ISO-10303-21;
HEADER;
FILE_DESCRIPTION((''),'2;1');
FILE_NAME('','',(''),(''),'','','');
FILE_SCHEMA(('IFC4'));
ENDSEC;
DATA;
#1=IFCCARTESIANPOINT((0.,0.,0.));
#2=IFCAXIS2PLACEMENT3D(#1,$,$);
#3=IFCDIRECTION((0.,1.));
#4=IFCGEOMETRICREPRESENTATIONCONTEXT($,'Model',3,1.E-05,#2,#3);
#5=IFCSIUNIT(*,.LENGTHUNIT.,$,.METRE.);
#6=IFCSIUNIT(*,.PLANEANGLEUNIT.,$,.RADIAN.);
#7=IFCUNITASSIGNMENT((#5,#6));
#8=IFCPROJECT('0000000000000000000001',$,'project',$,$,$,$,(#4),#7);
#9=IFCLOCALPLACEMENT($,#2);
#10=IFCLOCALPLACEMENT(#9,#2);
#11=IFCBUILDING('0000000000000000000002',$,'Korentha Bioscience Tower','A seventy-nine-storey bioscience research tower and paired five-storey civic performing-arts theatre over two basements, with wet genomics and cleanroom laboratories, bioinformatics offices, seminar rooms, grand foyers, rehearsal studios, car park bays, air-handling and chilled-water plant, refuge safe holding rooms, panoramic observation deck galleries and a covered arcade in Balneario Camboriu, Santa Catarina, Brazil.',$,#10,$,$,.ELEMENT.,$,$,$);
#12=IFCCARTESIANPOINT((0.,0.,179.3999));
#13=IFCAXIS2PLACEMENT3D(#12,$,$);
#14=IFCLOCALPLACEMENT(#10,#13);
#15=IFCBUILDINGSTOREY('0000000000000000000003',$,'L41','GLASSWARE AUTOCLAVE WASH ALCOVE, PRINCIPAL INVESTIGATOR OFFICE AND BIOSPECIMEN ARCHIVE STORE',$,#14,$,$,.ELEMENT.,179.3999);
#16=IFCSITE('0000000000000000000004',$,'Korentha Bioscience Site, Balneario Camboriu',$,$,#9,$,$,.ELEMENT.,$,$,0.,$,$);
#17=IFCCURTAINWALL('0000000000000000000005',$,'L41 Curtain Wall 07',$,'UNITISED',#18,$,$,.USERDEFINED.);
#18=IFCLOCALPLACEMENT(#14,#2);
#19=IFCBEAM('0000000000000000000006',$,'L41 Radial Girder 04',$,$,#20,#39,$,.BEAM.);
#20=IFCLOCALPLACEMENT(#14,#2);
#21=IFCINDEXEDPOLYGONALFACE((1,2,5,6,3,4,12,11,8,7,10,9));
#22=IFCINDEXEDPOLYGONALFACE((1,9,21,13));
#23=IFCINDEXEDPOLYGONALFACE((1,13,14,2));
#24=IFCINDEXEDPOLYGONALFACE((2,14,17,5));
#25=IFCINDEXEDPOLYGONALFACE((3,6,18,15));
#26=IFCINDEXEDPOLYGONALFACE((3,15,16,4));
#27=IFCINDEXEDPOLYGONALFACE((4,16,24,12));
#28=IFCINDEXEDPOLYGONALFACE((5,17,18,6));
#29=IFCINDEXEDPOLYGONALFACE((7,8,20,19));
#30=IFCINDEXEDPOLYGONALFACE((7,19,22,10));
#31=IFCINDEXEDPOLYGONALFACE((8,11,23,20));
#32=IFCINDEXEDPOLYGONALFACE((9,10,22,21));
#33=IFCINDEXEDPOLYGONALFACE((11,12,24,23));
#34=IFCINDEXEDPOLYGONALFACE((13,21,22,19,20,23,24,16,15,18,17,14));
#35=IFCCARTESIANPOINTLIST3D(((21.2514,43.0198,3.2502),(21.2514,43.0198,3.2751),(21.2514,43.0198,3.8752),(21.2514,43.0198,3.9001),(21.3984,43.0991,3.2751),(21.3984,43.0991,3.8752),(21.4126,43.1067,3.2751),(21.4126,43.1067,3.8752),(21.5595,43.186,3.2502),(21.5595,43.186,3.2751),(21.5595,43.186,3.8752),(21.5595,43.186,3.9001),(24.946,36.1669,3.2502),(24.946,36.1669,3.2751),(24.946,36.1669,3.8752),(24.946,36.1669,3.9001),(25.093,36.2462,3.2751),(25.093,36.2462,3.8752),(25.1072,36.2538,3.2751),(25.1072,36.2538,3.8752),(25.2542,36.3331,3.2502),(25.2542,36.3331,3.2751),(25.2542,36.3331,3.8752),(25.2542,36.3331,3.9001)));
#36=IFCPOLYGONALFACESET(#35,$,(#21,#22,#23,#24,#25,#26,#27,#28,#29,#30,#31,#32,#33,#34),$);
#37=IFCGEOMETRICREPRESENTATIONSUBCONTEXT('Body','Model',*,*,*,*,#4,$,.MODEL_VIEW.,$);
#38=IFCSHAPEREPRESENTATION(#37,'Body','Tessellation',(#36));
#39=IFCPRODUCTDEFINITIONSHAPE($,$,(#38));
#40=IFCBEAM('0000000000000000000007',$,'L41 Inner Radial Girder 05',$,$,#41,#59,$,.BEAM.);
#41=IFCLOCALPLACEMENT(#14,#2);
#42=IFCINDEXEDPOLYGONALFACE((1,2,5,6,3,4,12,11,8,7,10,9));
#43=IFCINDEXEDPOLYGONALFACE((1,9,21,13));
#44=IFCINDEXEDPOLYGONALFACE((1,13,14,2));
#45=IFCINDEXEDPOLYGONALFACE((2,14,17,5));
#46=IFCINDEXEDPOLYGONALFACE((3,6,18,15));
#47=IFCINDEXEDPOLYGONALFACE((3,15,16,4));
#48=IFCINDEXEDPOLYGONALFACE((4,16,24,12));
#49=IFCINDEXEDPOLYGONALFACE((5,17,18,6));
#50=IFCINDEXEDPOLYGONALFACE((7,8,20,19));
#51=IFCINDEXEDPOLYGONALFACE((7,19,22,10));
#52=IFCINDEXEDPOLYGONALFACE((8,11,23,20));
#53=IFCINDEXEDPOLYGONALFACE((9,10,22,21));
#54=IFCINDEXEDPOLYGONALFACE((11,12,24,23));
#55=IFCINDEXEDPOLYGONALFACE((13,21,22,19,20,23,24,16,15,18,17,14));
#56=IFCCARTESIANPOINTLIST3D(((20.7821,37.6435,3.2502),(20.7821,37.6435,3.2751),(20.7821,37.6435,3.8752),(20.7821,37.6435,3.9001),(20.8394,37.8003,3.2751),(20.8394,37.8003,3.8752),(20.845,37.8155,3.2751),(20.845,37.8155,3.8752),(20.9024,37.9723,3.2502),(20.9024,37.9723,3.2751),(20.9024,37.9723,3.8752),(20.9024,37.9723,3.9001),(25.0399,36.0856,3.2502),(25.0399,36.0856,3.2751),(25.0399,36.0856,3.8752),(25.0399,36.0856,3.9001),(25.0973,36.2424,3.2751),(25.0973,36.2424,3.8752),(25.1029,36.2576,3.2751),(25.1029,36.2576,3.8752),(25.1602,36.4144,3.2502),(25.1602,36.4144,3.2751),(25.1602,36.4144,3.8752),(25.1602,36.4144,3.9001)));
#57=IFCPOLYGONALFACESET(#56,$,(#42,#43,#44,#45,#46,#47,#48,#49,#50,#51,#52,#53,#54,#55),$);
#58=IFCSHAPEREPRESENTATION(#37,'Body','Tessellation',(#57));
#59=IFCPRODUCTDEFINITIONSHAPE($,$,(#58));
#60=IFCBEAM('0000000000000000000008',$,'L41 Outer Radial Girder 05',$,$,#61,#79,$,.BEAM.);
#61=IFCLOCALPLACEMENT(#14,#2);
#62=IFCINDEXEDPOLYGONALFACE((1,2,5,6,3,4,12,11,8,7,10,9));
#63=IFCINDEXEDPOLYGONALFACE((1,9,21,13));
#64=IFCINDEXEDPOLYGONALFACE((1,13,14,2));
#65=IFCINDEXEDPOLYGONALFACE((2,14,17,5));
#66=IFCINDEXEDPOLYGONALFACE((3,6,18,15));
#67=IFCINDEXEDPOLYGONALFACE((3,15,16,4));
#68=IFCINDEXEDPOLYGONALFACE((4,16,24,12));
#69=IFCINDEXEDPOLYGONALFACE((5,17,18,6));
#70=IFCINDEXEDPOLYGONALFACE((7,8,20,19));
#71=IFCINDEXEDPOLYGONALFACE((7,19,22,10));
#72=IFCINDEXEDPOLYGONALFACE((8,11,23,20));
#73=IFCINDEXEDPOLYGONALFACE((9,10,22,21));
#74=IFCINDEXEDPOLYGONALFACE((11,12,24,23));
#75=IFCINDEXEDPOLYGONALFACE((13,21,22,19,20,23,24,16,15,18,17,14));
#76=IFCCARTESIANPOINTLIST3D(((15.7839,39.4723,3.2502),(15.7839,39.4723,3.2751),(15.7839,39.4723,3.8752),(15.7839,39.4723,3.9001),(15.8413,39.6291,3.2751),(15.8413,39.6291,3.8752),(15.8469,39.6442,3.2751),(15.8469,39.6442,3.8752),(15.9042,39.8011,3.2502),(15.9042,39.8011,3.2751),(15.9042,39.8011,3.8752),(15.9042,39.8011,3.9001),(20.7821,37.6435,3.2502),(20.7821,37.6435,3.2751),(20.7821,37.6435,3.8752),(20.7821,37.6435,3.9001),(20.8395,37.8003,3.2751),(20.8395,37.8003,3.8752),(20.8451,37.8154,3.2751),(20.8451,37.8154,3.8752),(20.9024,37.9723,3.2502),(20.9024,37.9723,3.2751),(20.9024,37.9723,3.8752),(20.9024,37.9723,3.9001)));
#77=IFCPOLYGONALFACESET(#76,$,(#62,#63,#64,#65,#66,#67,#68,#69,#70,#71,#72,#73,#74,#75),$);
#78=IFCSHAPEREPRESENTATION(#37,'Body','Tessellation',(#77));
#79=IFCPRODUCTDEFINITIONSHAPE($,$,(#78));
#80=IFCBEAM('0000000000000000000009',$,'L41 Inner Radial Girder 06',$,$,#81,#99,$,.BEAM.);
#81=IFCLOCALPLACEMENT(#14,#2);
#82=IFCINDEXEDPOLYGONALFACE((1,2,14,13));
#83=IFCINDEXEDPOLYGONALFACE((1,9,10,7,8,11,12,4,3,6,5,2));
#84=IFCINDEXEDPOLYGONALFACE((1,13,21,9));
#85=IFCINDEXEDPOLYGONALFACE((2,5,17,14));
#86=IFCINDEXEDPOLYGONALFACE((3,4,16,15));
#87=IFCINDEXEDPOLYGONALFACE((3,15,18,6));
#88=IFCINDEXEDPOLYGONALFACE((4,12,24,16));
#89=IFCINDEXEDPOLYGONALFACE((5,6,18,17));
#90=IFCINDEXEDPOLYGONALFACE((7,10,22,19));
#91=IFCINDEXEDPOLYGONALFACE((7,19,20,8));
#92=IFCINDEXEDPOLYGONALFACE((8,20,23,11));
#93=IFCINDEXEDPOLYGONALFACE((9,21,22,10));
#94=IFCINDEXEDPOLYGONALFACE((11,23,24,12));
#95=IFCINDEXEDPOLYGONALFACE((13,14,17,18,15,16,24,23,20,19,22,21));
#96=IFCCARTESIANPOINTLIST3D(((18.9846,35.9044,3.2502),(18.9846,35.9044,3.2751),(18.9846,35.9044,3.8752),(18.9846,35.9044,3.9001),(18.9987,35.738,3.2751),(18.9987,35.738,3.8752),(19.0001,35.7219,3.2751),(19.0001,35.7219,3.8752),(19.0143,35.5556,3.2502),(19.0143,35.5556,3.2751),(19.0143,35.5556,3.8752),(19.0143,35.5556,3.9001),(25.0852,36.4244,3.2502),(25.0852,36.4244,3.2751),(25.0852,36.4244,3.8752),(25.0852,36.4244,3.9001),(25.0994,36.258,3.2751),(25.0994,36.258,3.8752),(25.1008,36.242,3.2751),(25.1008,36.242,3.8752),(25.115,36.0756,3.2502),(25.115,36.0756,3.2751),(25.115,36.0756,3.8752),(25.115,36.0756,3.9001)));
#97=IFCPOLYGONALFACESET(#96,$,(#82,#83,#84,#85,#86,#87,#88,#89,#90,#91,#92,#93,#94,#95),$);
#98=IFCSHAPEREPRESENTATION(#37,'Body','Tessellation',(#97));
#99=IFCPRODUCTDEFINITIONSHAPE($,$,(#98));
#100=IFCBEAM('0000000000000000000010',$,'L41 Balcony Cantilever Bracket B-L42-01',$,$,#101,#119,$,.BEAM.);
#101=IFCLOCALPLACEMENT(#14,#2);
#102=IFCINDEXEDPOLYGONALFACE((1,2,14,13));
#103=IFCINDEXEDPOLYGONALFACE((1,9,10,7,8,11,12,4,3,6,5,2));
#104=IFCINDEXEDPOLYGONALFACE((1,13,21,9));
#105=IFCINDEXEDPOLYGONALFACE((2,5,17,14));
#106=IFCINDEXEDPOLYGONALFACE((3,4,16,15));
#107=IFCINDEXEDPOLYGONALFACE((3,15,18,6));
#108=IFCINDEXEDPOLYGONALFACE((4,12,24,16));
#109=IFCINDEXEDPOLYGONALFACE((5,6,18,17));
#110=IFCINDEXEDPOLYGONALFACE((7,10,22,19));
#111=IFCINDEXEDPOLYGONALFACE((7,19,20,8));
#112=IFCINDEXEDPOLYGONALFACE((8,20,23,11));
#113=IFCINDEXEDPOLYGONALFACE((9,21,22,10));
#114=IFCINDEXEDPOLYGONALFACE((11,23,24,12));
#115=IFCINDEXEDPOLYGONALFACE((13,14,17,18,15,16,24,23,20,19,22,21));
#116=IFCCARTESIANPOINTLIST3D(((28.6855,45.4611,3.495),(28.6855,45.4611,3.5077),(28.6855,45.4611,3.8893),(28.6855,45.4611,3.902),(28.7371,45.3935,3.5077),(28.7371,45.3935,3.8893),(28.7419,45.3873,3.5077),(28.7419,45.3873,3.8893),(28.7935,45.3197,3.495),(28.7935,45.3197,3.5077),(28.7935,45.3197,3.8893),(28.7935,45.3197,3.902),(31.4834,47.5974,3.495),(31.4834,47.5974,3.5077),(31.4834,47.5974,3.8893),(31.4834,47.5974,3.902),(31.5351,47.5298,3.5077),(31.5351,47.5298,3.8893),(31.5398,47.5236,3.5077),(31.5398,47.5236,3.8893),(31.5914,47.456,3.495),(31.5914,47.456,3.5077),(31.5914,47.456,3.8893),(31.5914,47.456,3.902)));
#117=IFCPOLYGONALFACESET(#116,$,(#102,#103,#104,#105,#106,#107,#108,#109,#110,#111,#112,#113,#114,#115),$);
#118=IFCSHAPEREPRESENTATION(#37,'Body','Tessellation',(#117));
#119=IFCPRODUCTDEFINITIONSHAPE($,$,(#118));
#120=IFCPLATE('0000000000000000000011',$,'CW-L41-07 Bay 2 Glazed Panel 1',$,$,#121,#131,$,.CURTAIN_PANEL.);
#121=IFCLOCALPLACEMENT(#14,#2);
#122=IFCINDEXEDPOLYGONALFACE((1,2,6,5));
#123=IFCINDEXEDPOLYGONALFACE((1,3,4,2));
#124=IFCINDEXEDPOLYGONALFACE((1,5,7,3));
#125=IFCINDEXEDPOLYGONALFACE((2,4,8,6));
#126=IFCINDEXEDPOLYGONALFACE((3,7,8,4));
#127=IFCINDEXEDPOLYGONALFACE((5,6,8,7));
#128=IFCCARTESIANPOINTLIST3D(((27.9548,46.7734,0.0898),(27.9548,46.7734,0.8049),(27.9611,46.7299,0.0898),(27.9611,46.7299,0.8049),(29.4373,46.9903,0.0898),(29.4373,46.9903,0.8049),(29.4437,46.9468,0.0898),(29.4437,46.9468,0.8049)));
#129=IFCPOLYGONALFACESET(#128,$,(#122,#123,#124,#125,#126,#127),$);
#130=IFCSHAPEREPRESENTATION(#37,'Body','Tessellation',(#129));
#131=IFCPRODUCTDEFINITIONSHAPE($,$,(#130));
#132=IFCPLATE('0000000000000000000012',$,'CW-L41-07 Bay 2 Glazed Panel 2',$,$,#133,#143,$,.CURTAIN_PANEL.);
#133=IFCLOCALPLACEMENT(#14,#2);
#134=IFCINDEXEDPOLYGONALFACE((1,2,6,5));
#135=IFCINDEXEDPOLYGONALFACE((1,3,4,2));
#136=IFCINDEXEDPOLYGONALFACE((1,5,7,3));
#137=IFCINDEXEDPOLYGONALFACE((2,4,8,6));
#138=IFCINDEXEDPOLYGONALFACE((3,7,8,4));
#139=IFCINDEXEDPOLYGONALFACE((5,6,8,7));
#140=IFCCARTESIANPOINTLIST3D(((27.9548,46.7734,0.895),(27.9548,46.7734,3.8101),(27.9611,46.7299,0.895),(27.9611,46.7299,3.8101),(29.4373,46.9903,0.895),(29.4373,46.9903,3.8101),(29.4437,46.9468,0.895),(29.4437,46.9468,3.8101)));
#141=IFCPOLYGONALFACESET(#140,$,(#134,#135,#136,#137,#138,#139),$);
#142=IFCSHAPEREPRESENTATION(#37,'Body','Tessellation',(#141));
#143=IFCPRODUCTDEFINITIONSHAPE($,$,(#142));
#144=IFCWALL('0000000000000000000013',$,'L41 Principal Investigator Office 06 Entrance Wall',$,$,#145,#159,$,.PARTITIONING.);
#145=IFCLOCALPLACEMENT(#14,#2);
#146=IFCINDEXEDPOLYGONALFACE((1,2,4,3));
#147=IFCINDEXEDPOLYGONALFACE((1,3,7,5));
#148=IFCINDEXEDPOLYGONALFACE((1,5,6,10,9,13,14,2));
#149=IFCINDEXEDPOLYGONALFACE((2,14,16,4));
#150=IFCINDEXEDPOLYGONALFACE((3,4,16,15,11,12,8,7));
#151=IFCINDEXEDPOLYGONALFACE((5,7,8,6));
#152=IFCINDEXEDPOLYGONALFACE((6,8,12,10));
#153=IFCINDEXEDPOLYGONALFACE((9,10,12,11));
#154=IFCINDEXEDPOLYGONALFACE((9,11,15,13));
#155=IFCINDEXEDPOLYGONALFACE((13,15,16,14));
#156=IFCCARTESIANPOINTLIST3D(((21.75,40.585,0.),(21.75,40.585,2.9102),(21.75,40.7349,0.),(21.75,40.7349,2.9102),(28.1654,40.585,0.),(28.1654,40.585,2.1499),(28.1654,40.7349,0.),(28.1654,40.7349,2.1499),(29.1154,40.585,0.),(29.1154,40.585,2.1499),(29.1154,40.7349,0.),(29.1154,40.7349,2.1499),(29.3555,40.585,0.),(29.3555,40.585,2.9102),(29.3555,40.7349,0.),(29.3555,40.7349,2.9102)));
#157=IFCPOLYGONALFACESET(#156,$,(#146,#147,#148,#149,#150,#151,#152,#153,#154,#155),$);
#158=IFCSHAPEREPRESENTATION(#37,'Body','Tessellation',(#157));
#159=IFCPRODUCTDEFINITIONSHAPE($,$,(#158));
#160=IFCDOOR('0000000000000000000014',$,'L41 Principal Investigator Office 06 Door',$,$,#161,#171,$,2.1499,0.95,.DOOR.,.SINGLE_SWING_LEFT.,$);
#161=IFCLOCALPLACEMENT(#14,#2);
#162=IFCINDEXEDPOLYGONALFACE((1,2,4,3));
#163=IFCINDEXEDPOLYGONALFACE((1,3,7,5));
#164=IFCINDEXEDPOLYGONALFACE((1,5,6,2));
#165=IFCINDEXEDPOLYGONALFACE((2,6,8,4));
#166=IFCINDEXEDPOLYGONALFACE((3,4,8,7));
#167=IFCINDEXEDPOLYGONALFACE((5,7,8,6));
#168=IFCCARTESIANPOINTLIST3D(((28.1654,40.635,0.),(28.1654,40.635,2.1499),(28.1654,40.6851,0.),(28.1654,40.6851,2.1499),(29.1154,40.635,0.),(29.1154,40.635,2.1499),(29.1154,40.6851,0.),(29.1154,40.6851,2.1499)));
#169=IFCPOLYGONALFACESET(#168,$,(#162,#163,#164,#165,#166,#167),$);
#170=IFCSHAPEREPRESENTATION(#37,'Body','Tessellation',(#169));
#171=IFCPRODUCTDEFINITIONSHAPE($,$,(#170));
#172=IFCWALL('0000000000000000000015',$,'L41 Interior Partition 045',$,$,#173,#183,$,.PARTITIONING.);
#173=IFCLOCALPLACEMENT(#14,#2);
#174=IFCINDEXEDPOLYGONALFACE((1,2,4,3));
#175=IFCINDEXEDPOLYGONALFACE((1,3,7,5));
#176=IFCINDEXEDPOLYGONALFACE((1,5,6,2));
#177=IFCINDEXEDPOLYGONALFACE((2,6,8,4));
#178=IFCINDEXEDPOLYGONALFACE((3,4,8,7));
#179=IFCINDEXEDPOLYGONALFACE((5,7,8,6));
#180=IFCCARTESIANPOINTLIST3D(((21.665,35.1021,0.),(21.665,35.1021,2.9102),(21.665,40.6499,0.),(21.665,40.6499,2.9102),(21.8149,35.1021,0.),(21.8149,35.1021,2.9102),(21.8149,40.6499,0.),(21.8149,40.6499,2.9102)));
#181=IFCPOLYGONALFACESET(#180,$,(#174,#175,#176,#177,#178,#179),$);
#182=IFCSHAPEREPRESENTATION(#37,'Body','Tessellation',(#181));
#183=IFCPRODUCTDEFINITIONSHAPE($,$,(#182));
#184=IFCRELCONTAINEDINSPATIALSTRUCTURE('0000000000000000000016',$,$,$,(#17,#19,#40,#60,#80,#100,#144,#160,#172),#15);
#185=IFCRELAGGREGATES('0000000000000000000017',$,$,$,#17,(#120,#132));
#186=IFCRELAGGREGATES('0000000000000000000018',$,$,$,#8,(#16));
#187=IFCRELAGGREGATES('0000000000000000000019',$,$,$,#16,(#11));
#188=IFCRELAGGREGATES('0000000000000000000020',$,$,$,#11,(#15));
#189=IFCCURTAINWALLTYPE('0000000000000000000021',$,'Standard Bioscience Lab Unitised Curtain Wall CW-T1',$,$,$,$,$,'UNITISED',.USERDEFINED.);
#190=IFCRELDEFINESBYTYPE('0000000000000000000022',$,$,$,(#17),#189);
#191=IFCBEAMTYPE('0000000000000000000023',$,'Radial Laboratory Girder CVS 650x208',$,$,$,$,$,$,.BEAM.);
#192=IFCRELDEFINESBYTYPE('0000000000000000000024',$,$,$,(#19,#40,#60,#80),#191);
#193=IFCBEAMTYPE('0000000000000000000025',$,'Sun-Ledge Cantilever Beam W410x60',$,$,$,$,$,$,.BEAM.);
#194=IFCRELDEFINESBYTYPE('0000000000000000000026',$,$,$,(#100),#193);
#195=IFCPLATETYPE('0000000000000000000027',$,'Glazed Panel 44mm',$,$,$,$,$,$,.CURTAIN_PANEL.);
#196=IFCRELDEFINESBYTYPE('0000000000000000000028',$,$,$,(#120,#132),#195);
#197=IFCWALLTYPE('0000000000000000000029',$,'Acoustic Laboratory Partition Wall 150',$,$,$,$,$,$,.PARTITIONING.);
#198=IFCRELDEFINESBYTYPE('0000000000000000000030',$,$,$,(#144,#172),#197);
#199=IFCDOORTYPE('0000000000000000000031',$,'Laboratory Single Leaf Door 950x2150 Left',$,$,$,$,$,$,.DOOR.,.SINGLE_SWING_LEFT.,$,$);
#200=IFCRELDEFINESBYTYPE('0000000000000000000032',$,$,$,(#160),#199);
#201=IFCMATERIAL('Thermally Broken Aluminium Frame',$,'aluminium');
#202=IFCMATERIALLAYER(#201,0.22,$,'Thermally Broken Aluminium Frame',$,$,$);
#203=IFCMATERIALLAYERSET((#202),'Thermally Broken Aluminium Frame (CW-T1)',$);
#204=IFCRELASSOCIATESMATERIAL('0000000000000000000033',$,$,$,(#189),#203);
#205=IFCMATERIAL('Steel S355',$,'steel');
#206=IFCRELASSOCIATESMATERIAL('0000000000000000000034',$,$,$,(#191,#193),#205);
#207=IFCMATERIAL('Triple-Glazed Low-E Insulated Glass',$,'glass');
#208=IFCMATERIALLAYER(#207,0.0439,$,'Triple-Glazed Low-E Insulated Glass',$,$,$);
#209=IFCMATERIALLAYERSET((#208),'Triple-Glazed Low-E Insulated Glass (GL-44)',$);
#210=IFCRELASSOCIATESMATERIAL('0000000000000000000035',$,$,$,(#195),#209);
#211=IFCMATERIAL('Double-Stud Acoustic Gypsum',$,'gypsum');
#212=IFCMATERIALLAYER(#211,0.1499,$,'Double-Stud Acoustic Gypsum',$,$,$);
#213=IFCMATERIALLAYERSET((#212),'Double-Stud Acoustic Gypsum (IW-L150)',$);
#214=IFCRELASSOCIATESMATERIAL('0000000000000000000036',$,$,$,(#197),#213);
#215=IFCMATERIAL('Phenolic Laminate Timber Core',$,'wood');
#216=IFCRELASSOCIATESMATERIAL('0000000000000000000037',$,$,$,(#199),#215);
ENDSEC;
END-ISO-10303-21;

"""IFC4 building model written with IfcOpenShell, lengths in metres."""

from ifc_helpers import new_model, si_unit, direction, frame, frame_2d, origin, origin_2d, place, context, subcontext, project, spatial, rectangle, i_section, extrude, material, layer, layer_set, material_profile, profile_set, type_object, element, fill, aggregate, save


model = new_model("IFC4")

# Units and contexts
model_context = context("Model", 3, precision=1e-05, world=origin(), true_north=direction((0.0, 1.0)))
body_context = subcontext(model_context, "Body", "Model", "MODEL_VIEW")
ifc_project = project(units=[si_unit("LENGTHUNIT", "METRE"), si_unit("PLANEANGLEUNIT", "RADIAN")], contexts=[model_context])

# Site, building, storey
site_placement = place(None, origin())
site = spatial("IfcSite", under=ifc_project, at=site_placement, Name="Korentha Bioscience Site, Balneario Camboriu", CompositionType="ELEMENT", RefElevation=0.0)
building_placement = place(site_placement, origin())
building = spatial("IfcBuilding", under=site, at=building_placement, Name="Korentha Bioscience Tower", Description="A seventy-nine-storey bioscience research tower and paired five-storey civic performing-arts theatre over two basements, with wet genomics and cleanroom laboratories, bioinformatics offices, seminar rooms, grand foyers, rehearsal studios, car park bays, air-handling and chilled-water plant, refuge safe holding rooms, panoramic observation deck galleries and a covered arcade in Balneario Camboriu, Santa Catarina, Brazil.", CompositionType="ELEMENT")
storey_placement = place(building_placement, frame((0.0, 0.0, 179.3999)))
storey = spatial("IfcBuildingStorey", under=building, at=storey_placement, Name="L41", Description="GLASSWARE AUTOCLAVE WASH ALCOVE, PRINCIPAL INVESTIGATOR OFFICE AND BIOSPECIMEN ARCHIVE STORE", CompositionType="ELEMENT", Elevation=179.3999)

# Shared definitions
ifc_material_1 = material(Name="Steel S355", Category="steel")

# Curtain wall
ifc_material_2 = material(Name="Thermally Broken Aluminium Frame", Category="aluminium")
ifc_layer_1 = layer(ifc_material_2, 0.22, Name="Thermally Broken Aluminium Frame")
ifc_layer_set_1 = layer_set([ifc_layer_1], Name="Thermally Broken Aluminium Frame (CW-T1)")
curtain_wall_type = type_object("IfcCurtainWallType", Name="Standard Bioscience Lab Unitised Curtain Wall CW-T1", ElementType="UNITISED", PredefinedType="USERDEFINED", material=ifc_layer_set_1)
curtain_wall_placement = place(storey_placement, origin())
curtain_wall = element("IfcCurtainWall", 1, at=curtain_wall_placement, inside=storey, type_object=curtain_wall_type, Name="L41 Curtain Wall 07", ObjectType="UNITISED", PredefinedType="USERDEFINED")

# Beams
ifc_material_profile_1 = material_profile(ifc_material_1, i_section(OverallWidth=0.3501, OverallDepth=0.6499, WebThickness=0.0161, FlangeThickness=0.0249, at=origin_2d()), Name="Steel S355")
ifc_profile_set_1 = profile_set([ifc_material_profile_1], Name="Steel S355 (RB-650)")
beam_type_1 = type_object("IfcBeamType", Name="Radial Laboratory Girder CVS 650x208", PredefinedType="BEAM", material=ifc_profile_set_1)
beam_1_placement = place(storey_placement, frame((25.1001, 36.25, 3.5752), z_axis=(-0.47456, 0.880223, 0.0), x_axis=(-0.880223, -0.47456, 0.0)))
element("IfcBeam", 2, at=beam_1_placement, inside=storey, type_object=beam_type_1, Name="L41 Radial Girder 04", PredefinedType="BEAM", context=body_context, shape_type="SweptSolid", body=[
    extrude(i_section(OverallWidth=0.3501, OverallDepth=0.6499, WebThickness=0.0161, FlangeThickness=0.0249, at=origin_2d()), origin(), (0.0, 0.0, 1.0), 7.7854),
])
beam_2_placement = place(storey_placement, frame((25.1001, 36.25, 3.5752), z_axis=(-0.939114, 0.343606, 0.0), x_axis=(-0.343606, -0.939114, 0.0)))
element("IfcBeam", 3, at=beam_2_placement, inside=storey, type_object=beam_type_1, Name="L41 Inner Radial Girder 05", PredefinedType="BEAM", context=body_context, shape_type="SweptSolid", body=[
    extrude(i_section(OverallWidth=0.3501, OverallDepth=0.6499, WebThickness=0.0161, FlangeThickness=0.0249, at=origin_2d()), origin(), (0.0, 0.0, 1.0), 4.5339),
])
beam_3_placement = place(storey_placement, frame((20.8423, 37.8079, 3.5752), z_axis=(-0.93911, 0.343617, 0.0), x_axis=(-0.343617, -0.93911, 0.0)))
element("IfcBeam", 4, at=beam_3_placement, inside=storey, type_object=beam_type_1, Name="L41 Outer Radial Girder 05", PredefinedType="BEAM", context=body_context, shape_type="SweptSolid", body=[
    extrude(i_section(OverallWidth=0.3501, OverallDepth=0.6499, WebThickness=0.0161, FlangeThickness=0.0249, at=origin_2d()), origin(), (0.0, 0.0, 1.0), 5.3223),
])
beam_4_placement = place(storey_placement, frame((25.1001, 36.25, 3.5752), z_axis=(-0.996387, -0.084933, 0.0), x_axis=(0.084933, -0.996387, 0.0)))
element("IfcBeam", 5, at=beam_4_placement, inside=storey, type_object=beam_type_1, Name="L41 Inner Radial Girder 06", PredefinedType="BEAM", context=body_context, shape_type="SweptSolid", body=[
    extrude(i_section(OverallWidth=0.3501, OverallDepth=0.6499, WebThickness=0.0161, FlangeThickness=0.0249, at=origin_2d()), origin(), (0.0, 0.0, 1.0), 6.1228),
])
ifc_material_profile_2 = material_profile(ifc_material_1, i_section(OverallWidth=0.178, OverallDepth=0.407, WebThickness=0.0078, FlangeThickness=0.0127, at=origin_2d()), Name="Steel S355")
ifc_profile_set_2 = profile_set([ifc_material_profile_2], Name="Steel S355 (CB-410)")
beam_type_2 = type_object("IfcBeamType", Name="Sun-Ledge Cantilever Beam W410x60", PredefinedType="BEAM", material=ifc_profile_set_2)
beam_5_placement = place(storey_placement, frame((28.7395, 45.3904, 3.6985), z_axis=(0.79481, 0.606858, 0.0), x_axis=(-0.606858, 0.79481, 0.0)))
element("IfcBeam", 6, at=beam_5_placement, inside=storey, type_object=beam_type_2, Name="L41 Balcony Cantilever Bracket B-L42-01", PredefinedType="BEAM", context=body_context, shape_type="SweptSolid", body=[
    extrude(i_section(OverallWidth=0.178, OverallDepth=0.407, WebThickness=0.0078, FlangeThickness=0.0127, at=origin_2d()), origin(), (0.0, 0.0, 1.0), 3.5203),
])

# Plates
ifc_material_3 = material(Name="Triple-Glazed Low-E Insulated Glass", Category="glass")
ifc_layer_2 = layer(ifc_material_3, 0.0439, Name="Triple-Glazed Low-E Insulated Glass")
ifc_layer_set_2 = layer_set([ifc_layer_2], Name="Triple-Glazed Low-E Insulated Glass (GL-44)")
plate_type = type_object("IfcPlateType", Name="Glazed Panel 44mm", PredefinedType="CURTAIN_PANEL", material=ifc_layer_set_2)
plate_1_placement = place(storey_placement, frame((28.6992, 46.8601, 0.0898), z_axis=(0.0, 0.0, 1.0), x_axis=(-0.989462, -0.144793, 0.0)))
plate_1 = element("IfcPlate", 7, at=plate_1_placement, type_object=plate_type, Name="CW-L41-07 Bay 2 Glazed Panel 1", PredefinedType="CURTAIN_PANEL", context=body_context, shape_type="SweptSolid", body=[
    extrude(rectangle(XDim=1.4983, YDim=0.0439, at=origin_2d()), origin(), (0.0, 0.0, 1.0), 0.7151),
])
plate_2_placement = place(storey_placement, frame((28.6992, 46.8601, 0.895), z_axis=(0.0, 0.0, 1.0), x_axis=(-0.989462, -0.144793, 0.0)))
plate_2 = element("IfcPlate", 8, at=plate_2_placement, type_object=plate_type, Name="CW-L41-07 Bay 2 Glazed Panel 2", PredefinedType="CURTAIN_PANEL", context=body_context, shape_type="SweptSolid", body=[
    extrude(rectangle(XDim=1.4983, YDim=0.0439, at=origin_2d()), origin(), (0.0, 0.0, 1.0), 2.915),
])
aggregate(curtain_wall, [plate_1, plate_2])

# Wall, opening, door
ifc_material_4 = material(Name="Double-Stud Acoustic Gypsum", Category="gypsum")
ifc_layer_3 = layer(ifc_material_4, 0.1499, Name="Double-Stud Acoustic Gypsum")
ifc_layer_set_3 = layer_set([ifc_layer_3], Name="Double-Stud Acoustic Gypsum (IW-L150)")
wall_type_1 = type_object("IfcWallType", Name="Acoustic Laboratory Partition Wall 150", PredefinedType="PARTITIONING", material=ifc_layer_set_3)
wall_1_placement = place(storey_placement, frame((29.3555, 40.6599, 0.0), z_axis=(0.0, 0.0, 1.0), x_axis=(-1.0, 0.0, 0.0)))
wall_1 = element("IfcWall", 9, at=wall_1_placement, inside=storey, type_object=wall_type_1, Name="L41 Principal Investigator Office 06 Entrance Wall", PredefinedType="PARTITIONING", context=body_context, shape_type="SweptSolid", body=[
    extrude(rectangle(XDim=7.6055, YDim=0.1499, at=frame_2d((3.8027, 0.0))), origin(), (0.0, 0.0, 1.0), 2.9102),
])
opening_1_placement = place(wall_1_placement, frame((0.24, 0.0, 0.0)))
opening_1 = element("IfcOpeningElement", 10, at=opening_1_placement, cuts=wall_1, PredefinedType="OPENING", context=body_context, shape_type="SweptSolid", body=[
    extrude(rectangle(XDim=0.95, YDim=2.1499, at=frame_2d((0.4751, 1.075))), frame((0.0, 0.0898, 0.0), z_axis=(0.0, -1.0, 0.0), x_axis=(1.0, 0.0, 0.0)), (0.0, 0.0, 1.0), 0.1797),
])
ifc_material_5 = material(Name="Phenolic Laminate Timber Core", Category="wood")
door_type = type_object("IfcDoorType", Name="Laboratory Single Leaf Door 950x2150 Left", OperationType="SINGLE_SWING_LEFT", PredefinedType="DOOR", material=ifc_material_5)
door_placement = place(opening_1_placement, origin())
door = element("IfcDoor", 11, at=door_placement, inside=storey, type_object=door_type, Name="L41 Principal Investigator Office 06 Door", OperationType="SINGLE_SWING_LEFT", OverallHeight=2.1499, OverallWidth=0.95, PredefinedType="DOOR", context=body_context, shape_type="SweptSolid", body=[
    extrude(rectangle(XDim=0.95, YDim=2.1499, at=frame_2d((0.4751, 1.075))), frame((0.0, 0.0249, 0.0), z_axis=(0.0, -1.0, 0.0), x_axis=(1.0, 0.0, 0.0)), (0.0, 0.0, 1.0), 0.05),
])
fill(opening_1, door)

# Wall
wall_2_placement = place(storey_placement, frame((21.74, 40.6499, 0.0), z_axis=(0.0, 0.0, 1.0), x_axis=(0.0, -1.0, 0.0)))
element("IfcWall", 12, at=wall_2_placement, inside=storey, type_object=wall_type_1, Name="L41 Interior Partition 045", PredefinedType="PARTITIONING", context=body_context, shape_type="SweptSolid", body=[
    extrude(rectangle(XDim=5.5479, YDim=0.1499, at=frame_2d((2.7739, 0.0))), origin(), (0.0, 0.0, 1.0), 2.9102),
])

save(model, "model.ifc")
